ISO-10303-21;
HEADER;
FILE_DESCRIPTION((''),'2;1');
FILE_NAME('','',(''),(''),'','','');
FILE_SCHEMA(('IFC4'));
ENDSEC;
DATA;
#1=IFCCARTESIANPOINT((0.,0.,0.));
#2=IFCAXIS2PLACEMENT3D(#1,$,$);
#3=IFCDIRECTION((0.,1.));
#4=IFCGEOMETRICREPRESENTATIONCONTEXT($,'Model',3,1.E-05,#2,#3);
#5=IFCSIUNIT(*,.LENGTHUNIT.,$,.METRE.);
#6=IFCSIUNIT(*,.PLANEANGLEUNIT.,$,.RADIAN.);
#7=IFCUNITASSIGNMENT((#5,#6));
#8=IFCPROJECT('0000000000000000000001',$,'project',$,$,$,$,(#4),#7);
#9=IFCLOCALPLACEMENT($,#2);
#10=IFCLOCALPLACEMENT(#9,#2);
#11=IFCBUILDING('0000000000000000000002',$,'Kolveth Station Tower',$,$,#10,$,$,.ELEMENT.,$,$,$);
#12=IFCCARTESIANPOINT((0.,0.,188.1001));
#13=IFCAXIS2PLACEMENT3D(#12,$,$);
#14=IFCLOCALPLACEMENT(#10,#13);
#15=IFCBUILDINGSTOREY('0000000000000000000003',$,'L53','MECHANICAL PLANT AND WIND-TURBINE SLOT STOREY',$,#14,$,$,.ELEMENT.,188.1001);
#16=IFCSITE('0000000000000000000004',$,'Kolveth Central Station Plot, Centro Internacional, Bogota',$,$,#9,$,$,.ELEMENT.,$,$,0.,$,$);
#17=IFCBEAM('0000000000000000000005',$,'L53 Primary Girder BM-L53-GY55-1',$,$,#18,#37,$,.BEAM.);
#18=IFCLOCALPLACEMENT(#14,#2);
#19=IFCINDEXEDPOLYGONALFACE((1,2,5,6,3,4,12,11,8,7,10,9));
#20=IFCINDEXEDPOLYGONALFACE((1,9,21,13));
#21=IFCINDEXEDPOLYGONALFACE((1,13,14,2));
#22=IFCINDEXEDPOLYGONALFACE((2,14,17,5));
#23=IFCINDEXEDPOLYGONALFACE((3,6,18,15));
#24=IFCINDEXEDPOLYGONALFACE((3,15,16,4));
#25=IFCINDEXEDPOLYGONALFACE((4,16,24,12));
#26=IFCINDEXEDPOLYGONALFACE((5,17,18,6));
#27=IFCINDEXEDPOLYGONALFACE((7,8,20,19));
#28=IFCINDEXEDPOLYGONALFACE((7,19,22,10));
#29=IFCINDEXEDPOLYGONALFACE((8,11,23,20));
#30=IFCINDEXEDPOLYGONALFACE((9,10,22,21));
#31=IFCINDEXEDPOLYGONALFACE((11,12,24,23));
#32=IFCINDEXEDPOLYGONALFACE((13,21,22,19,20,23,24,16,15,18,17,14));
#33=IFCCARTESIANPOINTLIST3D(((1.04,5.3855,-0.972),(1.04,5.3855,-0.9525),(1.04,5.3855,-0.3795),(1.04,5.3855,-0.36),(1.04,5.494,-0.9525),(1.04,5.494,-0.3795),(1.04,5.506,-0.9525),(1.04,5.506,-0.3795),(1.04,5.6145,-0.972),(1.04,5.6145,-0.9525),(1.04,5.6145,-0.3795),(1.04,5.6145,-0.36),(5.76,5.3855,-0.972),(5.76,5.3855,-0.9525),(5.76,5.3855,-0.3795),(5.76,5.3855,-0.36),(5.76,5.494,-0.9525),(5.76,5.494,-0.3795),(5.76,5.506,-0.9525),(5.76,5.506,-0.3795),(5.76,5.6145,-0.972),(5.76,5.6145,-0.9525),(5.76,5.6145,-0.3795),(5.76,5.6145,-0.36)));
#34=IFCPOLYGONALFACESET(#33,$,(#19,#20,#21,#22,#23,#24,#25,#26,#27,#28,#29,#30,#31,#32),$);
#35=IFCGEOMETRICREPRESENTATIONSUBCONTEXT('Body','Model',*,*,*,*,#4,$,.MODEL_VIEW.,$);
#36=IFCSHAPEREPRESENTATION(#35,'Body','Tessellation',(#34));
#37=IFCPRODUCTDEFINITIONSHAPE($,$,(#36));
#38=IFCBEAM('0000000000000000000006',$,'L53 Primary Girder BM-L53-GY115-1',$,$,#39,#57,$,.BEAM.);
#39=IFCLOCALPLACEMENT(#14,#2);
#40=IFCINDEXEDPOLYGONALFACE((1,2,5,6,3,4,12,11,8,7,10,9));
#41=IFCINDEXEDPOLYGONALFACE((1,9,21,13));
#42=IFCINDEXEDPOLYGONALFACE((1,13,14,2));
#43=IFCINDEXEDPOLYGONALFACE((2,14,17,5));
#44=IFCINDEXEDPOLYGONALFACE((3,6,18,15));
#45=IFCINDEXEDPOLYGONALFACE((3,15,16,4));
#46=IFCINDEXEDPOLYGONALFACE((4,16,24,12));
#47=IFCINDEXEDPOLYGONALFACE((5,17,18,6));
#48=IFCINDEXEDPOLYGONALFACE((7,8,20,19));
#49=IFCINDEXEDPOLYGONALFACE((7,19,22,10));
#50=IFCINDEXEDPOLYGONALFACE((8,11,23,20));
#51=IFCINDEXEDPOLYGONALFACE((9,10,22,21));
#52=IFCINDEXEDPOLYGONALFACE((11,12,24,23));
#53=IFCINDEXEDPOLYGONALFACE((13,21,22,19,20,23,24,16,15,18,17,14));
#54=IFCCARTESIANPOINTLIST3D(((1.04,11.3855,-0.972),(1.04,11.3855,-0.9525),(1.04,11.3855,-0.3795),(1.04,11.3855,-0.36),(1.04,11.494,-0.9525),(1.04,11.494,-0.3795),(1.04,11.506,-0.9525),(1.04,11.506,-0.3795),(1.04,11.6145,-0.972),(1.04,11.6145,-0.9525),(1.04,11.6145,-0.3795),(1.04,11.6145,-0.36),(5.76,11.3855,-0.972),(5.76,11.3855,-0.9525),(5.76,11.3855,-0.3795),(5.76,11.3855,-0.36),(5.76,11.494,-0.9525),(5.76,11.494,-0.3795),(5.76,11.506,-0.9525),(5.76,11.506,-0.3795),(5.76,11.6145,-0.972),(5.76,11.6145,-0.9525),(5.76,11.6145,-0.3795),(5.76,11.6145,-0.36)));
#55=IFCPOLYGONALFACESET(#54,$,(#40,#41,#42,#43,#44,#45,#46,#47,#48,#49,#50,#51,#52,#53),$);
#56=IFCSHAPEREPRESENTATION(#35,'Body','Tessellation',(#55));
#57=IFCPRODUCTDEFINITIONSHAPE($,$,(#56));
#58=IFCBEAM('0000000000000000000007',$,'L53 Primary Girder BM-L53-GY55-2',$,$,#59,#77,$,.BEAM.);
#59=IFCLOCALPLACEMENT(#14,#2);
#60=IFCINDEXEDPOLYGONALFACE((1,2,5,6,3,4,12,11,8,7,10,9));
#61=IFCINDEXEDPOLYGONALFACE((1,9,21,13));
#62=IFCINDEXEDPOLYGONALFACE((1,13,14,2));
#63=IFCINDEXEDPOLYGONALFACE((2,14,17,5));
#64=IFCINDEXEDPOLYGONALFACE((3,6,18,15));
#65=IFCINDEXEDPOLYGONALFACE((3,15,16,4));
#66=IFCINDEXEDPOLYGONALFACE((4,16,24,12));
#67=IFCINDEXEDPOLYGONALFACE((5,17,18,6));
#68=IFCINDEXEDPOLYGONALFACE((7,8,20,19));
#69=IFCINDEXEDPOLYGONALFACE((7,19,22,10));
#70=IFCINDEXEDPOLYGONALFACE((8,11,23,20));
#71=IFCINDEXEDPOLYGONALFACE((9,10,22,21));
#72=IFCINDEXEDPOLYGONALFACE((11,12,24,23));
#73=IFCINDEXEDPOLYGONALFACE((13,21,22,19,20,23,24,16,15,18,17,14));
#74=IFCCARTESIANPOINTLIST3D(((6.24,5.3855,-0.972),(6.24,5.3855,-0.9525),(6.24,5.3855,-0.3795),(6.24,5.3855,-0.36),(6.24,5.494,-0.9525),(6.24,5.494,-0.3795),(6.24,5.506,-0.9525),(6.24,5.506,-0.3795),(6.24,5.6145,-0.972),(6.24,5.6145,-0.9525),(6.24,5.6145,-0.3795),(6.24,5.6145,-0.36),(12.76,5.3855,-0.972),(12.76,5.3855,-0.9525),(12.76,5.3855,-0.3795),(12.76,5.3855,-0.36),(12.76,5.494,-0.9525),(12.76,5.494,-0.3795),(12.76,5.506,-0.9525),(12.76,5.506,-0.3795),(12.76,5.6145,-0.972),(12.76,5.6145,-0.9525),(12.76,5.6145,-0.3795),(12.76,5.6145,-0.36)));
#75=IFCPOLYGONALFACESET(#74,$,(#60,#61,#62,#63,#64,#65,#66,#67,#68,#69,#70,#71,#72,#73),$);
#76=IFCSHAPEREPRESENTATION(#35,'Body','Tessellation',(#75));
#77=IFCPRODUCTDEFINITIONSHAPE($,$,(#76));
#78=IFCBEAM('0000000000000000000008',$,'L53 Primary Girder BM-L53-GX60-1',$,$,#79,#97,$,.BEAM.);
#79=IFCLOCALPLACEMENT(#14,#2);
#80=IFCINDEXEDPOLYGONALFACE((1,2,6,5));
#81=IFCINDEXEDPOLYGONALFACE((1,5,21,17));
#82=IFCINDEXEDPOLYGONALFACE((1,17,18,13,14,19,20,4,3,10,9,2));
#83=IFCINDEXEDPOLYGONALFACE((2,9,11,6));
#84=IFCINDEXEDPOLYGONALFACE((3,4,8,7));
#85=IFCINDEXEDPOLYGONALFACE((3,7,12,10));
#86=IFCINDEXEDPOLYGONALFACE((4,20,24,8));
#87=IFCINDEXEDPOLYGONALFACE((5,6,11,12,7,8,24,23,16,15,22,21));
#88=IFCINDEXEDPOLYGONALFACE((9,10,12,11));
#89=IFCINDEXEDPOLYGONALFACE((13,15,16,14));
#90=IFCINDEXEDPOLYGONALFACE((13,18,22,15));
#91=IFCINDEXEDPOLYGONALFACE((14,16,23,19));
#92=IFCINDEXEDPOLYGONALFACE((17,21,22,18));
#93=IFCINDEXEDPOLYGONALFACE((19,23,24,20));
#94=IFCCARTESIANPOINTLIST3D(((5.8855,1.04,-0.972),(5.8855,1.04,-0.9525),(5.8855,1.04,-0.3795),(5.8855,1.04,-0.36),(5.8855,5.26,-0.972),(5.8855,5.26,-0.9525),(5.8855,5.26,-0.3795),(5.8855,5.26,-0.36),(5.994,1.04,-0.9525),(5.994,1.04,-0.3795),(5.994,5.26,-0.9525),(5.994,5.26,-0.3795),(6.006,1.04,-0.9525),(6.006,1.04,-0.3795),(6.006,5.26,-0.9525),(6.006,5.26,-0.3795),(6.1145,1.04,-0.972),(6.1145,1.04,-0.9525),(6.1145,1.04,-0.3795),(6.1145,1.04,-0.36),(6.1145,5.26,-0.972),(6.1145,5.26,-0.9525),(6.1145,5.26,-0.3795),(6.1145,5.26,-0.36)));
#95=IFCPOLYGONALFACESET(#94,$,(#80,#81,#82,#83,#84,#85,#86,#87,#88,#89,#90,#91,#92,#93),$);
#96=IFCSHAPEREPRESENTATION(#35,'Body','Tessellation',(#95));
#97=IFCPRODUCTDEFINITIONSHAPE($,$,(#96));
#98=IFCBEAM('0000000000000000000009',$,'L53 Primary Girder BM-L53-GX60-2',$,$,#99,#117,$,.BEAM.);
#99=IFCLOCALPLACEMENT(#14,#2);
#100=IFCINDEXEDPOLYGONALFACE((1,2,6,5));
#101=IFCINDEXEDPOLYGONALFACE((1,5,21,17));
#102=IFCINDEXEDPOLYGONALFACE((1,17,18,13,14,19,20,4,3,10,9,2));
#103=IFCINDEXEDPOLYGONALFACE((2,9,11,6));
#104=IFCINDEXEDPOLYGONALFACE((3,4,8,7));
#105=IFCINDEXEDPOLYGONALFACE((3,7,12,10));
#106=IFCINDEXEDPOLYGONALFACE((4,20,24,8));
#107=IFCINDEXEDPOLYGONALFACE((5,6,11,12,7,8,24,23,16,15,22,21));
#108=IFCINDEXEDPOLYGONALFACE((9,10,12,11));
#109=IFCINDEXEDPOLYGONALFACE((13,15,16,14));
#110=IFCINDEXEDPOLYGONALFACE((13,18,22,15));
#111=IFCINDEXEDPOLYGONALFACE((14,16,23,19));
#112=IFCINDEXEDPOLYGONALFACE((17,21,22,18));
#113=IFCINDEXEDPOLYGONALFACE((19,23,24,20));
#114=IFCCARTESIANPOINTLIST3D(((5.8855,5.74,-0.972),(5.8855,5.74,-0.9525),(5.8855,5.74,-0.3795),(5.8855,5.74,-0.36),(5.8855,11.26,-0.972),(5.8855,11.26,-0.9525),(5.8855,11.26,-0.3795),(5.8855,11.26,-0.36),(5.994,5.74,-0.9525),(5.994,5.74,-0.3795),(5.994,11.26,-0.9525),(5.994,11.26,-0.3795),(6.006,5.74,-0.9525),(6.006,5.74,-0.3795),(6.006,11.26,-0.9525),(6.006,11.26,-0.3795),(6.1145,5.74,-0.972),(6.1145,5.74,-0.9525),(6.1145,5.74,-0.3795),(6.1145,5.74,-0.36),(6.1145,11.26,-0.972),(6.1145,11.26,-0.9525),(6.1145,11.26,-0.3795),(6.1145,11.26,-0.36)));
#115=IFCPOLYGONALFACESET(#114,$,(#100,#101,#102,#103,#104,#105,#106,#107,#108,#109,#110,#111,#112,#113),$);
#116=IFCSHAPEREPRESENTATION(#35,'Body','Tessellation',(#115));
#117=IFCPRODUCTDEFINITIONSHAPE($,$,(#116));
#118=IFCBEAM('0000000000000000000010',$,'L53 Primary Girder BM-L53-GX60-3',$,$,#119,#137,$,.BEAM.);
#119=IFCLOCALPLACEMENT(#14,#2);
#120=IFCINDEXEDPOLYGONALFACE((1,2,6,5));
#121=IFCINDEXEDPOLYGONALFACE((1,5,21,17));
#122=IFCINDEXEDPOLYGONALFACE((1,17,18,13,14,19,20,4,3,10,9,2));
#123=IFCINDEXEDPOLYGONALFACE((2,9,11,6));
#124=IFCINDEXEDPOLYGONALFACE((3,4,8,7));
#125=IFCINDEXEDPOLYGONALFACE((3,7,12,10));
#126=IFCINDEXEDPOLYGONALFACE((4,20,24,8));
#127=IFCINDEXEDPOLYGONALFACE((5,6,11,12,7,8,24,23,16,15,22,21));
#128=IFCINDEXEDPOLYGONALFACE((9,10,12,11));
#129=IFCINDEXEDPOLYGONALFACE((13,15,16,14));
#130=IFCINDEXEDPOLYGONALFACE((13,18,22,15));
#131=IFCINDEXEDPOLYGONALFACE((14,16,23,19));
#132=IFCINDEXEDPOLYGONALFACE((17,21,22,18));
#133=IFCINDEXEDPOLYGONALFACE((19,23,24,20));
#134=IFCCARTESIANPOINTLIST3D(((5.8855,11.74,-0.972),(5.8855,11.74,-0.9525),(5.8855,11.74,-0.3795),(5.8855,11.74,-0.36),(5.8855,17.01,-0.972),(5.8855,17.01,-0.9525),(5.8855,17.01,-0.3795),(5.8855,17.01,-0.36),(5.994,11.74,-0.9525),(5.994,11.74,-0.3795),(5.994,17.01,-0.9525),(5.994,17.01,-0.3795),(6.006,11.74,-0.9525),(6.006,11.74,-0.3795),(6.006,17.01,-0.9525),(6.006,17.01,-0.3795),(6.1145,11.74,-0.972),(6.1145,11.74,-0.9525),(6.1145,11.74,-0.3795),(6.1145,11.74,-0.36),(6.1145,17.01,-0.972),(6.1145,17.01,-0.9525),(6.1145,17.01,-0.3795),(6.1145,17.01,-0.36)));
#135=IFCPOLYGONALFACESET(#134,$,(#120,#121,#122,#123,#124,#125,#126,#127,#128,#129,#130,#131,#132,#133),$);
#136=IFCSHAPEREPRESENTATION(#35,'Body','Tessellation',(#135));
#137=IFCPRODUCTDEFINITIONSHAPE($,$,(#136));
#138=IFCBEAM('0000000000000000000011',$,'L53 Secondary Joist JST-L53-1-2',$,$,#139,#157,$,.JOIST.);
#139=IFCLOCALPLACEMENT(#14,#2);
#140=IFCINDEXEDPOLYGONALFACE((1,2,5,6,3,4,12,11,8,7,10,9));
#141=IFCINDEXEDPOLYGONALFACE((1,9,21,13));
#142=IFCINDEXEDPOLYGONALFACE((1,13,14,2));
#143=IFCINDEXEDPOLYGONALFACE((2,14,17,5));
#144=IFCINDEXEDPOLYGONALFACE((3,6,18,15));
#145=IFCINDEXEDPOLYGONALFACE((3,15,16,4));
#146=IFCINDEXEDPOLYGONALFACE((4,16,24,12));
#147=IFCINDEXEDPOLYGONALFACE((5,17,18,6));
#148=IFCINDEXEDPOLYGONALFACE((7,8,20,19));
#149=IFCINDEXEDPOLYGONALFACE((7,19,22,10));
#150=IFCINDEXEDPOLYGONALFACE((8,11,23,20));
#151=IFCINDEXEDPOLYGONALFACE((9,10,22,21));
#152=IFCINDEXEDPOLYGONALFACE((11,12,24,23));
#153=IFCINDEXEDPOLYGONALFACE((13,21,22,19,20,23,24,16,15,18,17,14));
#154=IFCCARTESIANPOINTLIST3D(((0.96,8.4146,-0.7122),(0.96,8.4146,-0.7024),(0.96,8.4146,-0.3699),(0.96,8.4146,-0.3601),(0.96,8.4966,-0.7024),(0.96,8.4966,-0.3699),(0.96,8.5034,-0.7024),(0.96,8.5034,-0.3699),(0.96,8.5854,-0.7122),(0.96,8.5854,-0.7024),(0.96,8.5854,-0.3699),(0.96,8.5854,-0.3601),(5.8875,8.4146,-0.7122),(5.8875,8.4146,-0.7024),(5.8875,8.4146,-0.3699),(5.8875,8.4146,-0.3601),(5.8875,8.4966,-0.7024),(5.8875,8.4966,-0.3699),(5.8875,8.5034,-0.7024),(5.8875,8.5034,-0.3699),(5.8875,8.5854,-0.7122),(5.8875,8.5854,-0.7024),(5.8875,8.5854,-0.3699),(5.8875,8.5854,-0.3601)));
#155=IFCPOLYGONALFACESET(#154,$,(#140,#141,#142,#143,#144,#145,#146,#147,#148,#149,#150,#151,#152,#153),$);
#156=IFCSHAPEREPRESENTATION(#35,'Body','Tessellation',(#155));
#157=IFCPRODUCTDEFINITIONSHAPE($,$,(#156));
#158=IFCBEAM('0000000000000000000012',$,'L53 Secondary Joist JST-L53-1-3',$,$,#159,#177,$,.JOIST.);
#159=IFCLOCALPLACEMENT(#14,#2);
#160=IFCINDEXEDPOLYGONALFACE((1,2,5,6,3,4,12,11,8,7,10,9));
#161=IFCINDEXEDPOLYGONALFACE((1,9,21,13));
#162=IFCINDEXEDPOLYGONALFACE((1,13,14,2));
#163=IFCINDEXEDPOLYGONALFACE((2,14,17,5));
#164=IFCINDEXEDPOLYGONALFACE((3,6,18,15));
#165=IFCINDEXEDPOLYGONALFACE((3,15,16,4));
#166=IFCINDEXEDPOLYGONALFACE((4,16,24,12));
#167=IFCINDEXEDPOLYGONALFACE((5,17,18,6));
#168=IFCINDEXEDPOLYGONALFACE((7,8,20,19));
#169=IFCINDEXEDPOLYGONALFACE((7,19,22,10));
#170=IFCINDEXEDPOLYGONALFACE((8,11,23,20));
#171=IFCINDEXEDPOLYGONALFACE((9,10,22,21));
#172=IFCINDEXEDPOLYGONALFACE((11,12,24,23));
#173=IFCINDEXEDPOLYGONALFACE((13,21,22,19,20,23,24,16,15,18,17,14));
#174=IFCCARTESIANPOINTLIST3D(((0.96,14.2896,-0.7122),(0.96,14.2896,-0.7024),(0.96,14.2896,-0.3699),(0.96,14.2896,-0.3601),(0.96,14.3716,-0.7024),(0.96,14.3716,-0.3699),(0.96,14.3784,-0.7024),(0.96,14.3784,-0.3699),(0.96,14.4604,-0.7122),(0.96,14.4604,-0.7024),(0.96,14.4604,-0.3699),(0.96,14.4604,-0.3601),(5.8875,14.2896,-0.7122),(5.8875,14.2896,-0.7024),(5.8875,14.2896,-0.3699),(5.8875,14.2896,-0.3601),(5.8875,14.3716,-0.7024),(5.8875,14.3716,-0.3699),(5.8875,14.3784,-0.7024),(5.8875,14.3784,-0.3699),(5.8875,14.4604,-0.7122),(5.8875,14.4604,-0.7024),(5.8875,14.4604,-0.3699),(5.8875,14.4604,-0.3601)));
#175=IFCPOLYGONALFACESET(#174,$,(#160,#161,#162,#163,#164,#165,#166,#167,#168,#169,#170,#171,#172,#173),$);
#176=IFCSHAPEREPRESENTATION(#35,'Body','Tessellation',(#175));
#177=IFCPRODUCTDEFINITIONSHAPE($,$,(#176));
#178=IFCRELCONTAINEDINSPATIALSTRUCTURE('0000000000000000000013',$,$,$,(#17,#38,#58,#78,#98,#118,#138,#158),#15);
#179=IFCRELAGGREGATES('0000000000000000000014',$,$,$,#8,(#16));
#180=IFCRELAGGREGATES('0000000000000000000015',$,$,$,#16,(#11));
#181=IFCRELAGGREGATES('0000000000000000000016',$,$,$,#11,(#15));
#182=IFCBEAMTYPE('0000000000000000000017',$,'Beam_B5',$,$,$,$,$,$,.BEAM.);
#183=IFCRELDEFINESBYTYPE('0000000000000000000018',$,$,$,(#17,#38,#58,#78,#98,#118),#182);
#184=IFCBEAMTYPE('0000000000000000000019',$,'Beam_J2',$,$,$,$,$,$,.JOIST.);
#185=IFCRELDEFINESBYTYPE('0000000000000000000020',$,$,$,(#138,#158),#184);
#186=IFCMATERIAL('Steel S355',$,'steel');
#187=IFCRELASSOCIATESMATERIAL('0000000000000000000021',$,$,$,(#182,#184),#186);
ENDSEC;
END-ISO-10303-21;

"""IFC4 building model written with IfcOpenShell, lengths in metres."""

from ifc_helpers import new_model, si_unit, direction, frame, origin, origin_2d, place, context, subcontext, project, spatial, i_section, extrude, source, transform, mapped, material, material_profile, profile_set, type_object, element, save


model = new_model("IFC4")

# Units and contexts
model_context = context("Model", 3, precision=1e-05, world=origin(), true_north=direction((0.0, 1.0)))
body_context = subcontext(model_context, "Body", "Model", "MODEL_VIEW")
ifc_project = project(units=[si_unit("LENGTHUNIT", "METRE"), si_unit("PLANEANGLEUNIT", "RADIAN")], contexts=[model_context])

# Site, building, storey
site_placement = place(None, origin())
site = spatial("IfcSite", under=ifc_project, at=site_placement, Name="Kolveth Central Station Plot, Centro Internacional, Bogota", CompositionType="ELEMENT", RefElevation=0.0)
building_placement = place(site_placement, origin())
building = spatial("IfcBuilding", under=site, at=building_placement, Name="Kolveth Station Tower", CompositionType="ELEMENT")
storey_placement = place(building_placement, frame((0.0, 0.0, 188.1001)))
storey = spatial("IfcBuildingStorey", under=building, at=storey_placement, Name="L53", Description="MECHANICAL PLANT AND WIND-TURBINE SLOT STOREY", CompositionType="ELEMENT", Elevation=188.1001)

# Shared definitions
ifc_material_1 = material(Name="Steel S355", Category="steel")

# Beams
ifc_material_profile_1 = material_profile(ifc_material_1, i_section(OverallWidth=0.229, OverallDepth=0.6121, WebThickness=0.012, FlangeThickness=0.0195, at=origin_2d()), Name="W610x125")
ifc_profile_set_1 = profile_set([ifc_material_profile_1], Name="Steel S355")
beam_type_1 = type_object("IfcBeamType", Name="Beam_B5", PredefinedType="BEAM", material=ifc_profile_set_1)
shared_shape_1 = source(origin(), body_context, "Body", "SweptSolid", [
    extrude(i_section(OverallWidth=0.229, OverallDepth=0.6121, WebThickness=0.012, FlangeThickness=0.0195, at=origin_2d()), origin(), (0.0, 0.0, 1.0), 4.72),
])
for number, where, z_axis, x_axis, name in (
    (1, (1.04, 5.5, -0.666), (1.0, 0.0, 0.0), (0.0, 1.0, 0.0), "L53 Primary Girder BM-L53-GY55-1"),
    (2, (1.04, 11.5, -0.666), (1.0, 0.0, 0.0), (0.0, 1.0, 0.0), "L53 Primary Girder BM-L53-GY115-1"),
):
    element("IfcBeam", number, at=place(storey_placement, frame(where, z_axis=z_axis, x_axis=x_axis)), inside=storey, type_object=beam_type_1, Name=name, PredefinedType="BEAM", context=body_context, shape_type="MappedRepresentation", body=[
        mapped(shared_shape_1, transform((0.0, 0.0, 0.0), x_axis=(1.0, 0.0, 0.0), y_axis=(0.0, 1.0, 0.0), z_axis=(0.0, 0.0, 1.0), scale=1.0)),
    ])
shared_shape_2 = source(origin(), body_context, "Body", "SweptSolid", [
    extrude(i_section(OverallWidth=0.229, OverallDepth=0.6121, WebThickness=0.012, FlangeThickness=0.0195, at=origin_2d()), origin(), (0.0, 0.0, 1.0), 6.52),
])
beam_1_placement = place(storey_placement, frame((6.24, 5.5, -0.666), z_axis=(1.0, 0.0, 0.0), x_axis=(0.0, 1.0, 0.0)))
element("IfcBeam", 3, at=beam_1_placement, inside=storey, type_object=beam_type_1, Name="L53 Primary Girder BM-L53-GY55-2", PredefinedType="BEAM", context=body_context, shape_type="MappedRepresentation", body=[
    mapped(shared_shape_2, transform((0.0, 0.0, 0.0), x_axis=(1.0, 0.0, 0.0), y_axis=(0.0, 1.0, 0.0), z_axis=(0.0, 0.0, 1.0), scale=1.0)),
])
shared_shape_3 = source(origin(), body_context, "Body", "SweptSolid", [
    extrude(i_section(OverallWidth=0.229, OverallDepth=0.6121, WebThickness=0.012, FlangeThickness=0.0195, at=origin_2d()), origin(), (0.0, 0.0, 1.0), 4.22),
])
beam_2_placement = place(storey_placement, frame((6.0, 1.04, -0.666), z_axis=(0.0, 1.0, 0.0), x_axis=(-1.0, 0.0, 0.0)))
element("IfcBeam", 4, at=beam_2_placement, inside=storey, type_object=beam_type_1, Name="L53 Primary Girder BM-L53-GX60-1", PredefinedType="BEAM", context=body_context, shape_type="MappedRepresentation", body=[
    mapped(shared_shape_3, transform((0.0, 0.0, 0.0), x_axis=(1.0, 0.0, 0.0), y_axis=(0.0, 1.0, 0.0), z_axis=(0.0, 0.0, 1.0), scale=1.0)),
])
shared_shape_4 = source(origin(), body_context, "Body", "SweptSolid", [
    extrude(i_section(OverallWidth=0.229, OverallDepth=0.6121, WebThickness=0.012, FlangeThickness=0.0195, at=origin_2d()), origin(), (0.0, 0.0, 1.0), 5.52),
])
beam_3_placement = place(storey_placement, frame((6.0, 5.74, -0.666), z_axis=(0.0, 1.0, 0.0), x_axis=(-1.0, 0.0, 0.0)))
element("IfcBeam", 5, at=beam_3_placement, inside=storey, type_object=beam_type_1, Name="L53 Primary Girder BM-L53-GX60-2", PredefinedType="BEAM", context=body_context, shape_type="MappedRepresentation", body=[
    mapped(shared_shape_4, transform((0.0, 0.0, 0.0), x_axis=(1.0, 0.0, 0.0), y_axis=(0.0, 1.0, 0.0), z_axis=(0.0, 0.0, 1.0), scale=1.0)),
])
shared_shape_5 = source(origin(), body_context, "Body", "SweptSolid", [
    extrude(i_section(OverallWidth=0.229, OverallDepth=0.6121, WebThickness=0.012, FlangeThickness=0.0195, at=origin_2d()), origin(), (0.0, 0.0, 1.0), 5.27),
])
beam_4_placement = place(storey_placement, frame((6.0, 11.74, -0.666), z_axis=(0.0, 1.0, 0.0), x_axis=(-1.0, 0.0, 0.0)))
element("IfcBeam", 6, at=beam_4_placement, inside=storey, type_object=beam_type_1, Name="L53 Primary Girder BM-L53-GX60-3", PredefinedType="BEAM", context=body_context, shape_type="MappedRepresentation", body=[
    mapped(shared_shape_5, transform((0.0, 0.0, 0.0), x_axis=(1.0, 0.0, 0.0), y_axis=(0.0, 1.0, 0.0), z_axis=(0.0, 0.0, 1.0), scale=1.0)),
])
ifc_material_profile_2 = material_profile(ifc_material_1, i_section(OverallWidth=0.1709, OverallDepth=0.3521, WebThickness=0.0068, FlangeThickness=0.0098, at=origin_2d()), Name="W360x44")
ifc_profile_set_2 = profile_set([ifc_material_profile_2], Name="Steel S355")
beam_type_2 = type_object("IfcBeamType", Name="Beam_J2", PredefinedType="JOIST", material=ifc_profile_set_2)
shared_shape_6 = source(origin(), body_context, "Body", "SweptSolid", [
    extrude(i_section(OverallWidth=0.1709, OverallDepth=0.3521, WebThickness=0.0068, FlangeThickness=0.0098, at=origin_2d()), origin(), (0.0, 0.0, 1.0), 4.9275),
])
for number, where, z_axis, x_axis, name in (
    (7, (0.96, 8.5, -0.5361), (1.0, 0.0, 0.0), (0.0, 1.0, 0.0), "L53 Secondary Joist JST-L53-1-2"),
    (8, (0.96, 14.375, -0.5361), (1.0, 0.0, 0.0), (0.0, 1.0, 0.0), "L53 Secondary Joist JST-L53-1-3"),
):
    element("IfcBeam", number, at=place(storey_placement, frame(where, z_axis=z_axis, x_axis=x_axis)), inside=storey, type_object=beam_type_2, Name=name, PredefinedType="JOIST", context=body_context, shape_type="MappedRepresentation", body=[
        mapped(shared_shape_6, transform((0.0, 0.0, 0.0), x_axis=(1.0, 0.0, 0.0), y_axis=(0.0, 1.0, 0.0), z_axis=(0.0, 0.0, 1.0), scale=1.0)),
    ])

save(model, "model.ifc")
